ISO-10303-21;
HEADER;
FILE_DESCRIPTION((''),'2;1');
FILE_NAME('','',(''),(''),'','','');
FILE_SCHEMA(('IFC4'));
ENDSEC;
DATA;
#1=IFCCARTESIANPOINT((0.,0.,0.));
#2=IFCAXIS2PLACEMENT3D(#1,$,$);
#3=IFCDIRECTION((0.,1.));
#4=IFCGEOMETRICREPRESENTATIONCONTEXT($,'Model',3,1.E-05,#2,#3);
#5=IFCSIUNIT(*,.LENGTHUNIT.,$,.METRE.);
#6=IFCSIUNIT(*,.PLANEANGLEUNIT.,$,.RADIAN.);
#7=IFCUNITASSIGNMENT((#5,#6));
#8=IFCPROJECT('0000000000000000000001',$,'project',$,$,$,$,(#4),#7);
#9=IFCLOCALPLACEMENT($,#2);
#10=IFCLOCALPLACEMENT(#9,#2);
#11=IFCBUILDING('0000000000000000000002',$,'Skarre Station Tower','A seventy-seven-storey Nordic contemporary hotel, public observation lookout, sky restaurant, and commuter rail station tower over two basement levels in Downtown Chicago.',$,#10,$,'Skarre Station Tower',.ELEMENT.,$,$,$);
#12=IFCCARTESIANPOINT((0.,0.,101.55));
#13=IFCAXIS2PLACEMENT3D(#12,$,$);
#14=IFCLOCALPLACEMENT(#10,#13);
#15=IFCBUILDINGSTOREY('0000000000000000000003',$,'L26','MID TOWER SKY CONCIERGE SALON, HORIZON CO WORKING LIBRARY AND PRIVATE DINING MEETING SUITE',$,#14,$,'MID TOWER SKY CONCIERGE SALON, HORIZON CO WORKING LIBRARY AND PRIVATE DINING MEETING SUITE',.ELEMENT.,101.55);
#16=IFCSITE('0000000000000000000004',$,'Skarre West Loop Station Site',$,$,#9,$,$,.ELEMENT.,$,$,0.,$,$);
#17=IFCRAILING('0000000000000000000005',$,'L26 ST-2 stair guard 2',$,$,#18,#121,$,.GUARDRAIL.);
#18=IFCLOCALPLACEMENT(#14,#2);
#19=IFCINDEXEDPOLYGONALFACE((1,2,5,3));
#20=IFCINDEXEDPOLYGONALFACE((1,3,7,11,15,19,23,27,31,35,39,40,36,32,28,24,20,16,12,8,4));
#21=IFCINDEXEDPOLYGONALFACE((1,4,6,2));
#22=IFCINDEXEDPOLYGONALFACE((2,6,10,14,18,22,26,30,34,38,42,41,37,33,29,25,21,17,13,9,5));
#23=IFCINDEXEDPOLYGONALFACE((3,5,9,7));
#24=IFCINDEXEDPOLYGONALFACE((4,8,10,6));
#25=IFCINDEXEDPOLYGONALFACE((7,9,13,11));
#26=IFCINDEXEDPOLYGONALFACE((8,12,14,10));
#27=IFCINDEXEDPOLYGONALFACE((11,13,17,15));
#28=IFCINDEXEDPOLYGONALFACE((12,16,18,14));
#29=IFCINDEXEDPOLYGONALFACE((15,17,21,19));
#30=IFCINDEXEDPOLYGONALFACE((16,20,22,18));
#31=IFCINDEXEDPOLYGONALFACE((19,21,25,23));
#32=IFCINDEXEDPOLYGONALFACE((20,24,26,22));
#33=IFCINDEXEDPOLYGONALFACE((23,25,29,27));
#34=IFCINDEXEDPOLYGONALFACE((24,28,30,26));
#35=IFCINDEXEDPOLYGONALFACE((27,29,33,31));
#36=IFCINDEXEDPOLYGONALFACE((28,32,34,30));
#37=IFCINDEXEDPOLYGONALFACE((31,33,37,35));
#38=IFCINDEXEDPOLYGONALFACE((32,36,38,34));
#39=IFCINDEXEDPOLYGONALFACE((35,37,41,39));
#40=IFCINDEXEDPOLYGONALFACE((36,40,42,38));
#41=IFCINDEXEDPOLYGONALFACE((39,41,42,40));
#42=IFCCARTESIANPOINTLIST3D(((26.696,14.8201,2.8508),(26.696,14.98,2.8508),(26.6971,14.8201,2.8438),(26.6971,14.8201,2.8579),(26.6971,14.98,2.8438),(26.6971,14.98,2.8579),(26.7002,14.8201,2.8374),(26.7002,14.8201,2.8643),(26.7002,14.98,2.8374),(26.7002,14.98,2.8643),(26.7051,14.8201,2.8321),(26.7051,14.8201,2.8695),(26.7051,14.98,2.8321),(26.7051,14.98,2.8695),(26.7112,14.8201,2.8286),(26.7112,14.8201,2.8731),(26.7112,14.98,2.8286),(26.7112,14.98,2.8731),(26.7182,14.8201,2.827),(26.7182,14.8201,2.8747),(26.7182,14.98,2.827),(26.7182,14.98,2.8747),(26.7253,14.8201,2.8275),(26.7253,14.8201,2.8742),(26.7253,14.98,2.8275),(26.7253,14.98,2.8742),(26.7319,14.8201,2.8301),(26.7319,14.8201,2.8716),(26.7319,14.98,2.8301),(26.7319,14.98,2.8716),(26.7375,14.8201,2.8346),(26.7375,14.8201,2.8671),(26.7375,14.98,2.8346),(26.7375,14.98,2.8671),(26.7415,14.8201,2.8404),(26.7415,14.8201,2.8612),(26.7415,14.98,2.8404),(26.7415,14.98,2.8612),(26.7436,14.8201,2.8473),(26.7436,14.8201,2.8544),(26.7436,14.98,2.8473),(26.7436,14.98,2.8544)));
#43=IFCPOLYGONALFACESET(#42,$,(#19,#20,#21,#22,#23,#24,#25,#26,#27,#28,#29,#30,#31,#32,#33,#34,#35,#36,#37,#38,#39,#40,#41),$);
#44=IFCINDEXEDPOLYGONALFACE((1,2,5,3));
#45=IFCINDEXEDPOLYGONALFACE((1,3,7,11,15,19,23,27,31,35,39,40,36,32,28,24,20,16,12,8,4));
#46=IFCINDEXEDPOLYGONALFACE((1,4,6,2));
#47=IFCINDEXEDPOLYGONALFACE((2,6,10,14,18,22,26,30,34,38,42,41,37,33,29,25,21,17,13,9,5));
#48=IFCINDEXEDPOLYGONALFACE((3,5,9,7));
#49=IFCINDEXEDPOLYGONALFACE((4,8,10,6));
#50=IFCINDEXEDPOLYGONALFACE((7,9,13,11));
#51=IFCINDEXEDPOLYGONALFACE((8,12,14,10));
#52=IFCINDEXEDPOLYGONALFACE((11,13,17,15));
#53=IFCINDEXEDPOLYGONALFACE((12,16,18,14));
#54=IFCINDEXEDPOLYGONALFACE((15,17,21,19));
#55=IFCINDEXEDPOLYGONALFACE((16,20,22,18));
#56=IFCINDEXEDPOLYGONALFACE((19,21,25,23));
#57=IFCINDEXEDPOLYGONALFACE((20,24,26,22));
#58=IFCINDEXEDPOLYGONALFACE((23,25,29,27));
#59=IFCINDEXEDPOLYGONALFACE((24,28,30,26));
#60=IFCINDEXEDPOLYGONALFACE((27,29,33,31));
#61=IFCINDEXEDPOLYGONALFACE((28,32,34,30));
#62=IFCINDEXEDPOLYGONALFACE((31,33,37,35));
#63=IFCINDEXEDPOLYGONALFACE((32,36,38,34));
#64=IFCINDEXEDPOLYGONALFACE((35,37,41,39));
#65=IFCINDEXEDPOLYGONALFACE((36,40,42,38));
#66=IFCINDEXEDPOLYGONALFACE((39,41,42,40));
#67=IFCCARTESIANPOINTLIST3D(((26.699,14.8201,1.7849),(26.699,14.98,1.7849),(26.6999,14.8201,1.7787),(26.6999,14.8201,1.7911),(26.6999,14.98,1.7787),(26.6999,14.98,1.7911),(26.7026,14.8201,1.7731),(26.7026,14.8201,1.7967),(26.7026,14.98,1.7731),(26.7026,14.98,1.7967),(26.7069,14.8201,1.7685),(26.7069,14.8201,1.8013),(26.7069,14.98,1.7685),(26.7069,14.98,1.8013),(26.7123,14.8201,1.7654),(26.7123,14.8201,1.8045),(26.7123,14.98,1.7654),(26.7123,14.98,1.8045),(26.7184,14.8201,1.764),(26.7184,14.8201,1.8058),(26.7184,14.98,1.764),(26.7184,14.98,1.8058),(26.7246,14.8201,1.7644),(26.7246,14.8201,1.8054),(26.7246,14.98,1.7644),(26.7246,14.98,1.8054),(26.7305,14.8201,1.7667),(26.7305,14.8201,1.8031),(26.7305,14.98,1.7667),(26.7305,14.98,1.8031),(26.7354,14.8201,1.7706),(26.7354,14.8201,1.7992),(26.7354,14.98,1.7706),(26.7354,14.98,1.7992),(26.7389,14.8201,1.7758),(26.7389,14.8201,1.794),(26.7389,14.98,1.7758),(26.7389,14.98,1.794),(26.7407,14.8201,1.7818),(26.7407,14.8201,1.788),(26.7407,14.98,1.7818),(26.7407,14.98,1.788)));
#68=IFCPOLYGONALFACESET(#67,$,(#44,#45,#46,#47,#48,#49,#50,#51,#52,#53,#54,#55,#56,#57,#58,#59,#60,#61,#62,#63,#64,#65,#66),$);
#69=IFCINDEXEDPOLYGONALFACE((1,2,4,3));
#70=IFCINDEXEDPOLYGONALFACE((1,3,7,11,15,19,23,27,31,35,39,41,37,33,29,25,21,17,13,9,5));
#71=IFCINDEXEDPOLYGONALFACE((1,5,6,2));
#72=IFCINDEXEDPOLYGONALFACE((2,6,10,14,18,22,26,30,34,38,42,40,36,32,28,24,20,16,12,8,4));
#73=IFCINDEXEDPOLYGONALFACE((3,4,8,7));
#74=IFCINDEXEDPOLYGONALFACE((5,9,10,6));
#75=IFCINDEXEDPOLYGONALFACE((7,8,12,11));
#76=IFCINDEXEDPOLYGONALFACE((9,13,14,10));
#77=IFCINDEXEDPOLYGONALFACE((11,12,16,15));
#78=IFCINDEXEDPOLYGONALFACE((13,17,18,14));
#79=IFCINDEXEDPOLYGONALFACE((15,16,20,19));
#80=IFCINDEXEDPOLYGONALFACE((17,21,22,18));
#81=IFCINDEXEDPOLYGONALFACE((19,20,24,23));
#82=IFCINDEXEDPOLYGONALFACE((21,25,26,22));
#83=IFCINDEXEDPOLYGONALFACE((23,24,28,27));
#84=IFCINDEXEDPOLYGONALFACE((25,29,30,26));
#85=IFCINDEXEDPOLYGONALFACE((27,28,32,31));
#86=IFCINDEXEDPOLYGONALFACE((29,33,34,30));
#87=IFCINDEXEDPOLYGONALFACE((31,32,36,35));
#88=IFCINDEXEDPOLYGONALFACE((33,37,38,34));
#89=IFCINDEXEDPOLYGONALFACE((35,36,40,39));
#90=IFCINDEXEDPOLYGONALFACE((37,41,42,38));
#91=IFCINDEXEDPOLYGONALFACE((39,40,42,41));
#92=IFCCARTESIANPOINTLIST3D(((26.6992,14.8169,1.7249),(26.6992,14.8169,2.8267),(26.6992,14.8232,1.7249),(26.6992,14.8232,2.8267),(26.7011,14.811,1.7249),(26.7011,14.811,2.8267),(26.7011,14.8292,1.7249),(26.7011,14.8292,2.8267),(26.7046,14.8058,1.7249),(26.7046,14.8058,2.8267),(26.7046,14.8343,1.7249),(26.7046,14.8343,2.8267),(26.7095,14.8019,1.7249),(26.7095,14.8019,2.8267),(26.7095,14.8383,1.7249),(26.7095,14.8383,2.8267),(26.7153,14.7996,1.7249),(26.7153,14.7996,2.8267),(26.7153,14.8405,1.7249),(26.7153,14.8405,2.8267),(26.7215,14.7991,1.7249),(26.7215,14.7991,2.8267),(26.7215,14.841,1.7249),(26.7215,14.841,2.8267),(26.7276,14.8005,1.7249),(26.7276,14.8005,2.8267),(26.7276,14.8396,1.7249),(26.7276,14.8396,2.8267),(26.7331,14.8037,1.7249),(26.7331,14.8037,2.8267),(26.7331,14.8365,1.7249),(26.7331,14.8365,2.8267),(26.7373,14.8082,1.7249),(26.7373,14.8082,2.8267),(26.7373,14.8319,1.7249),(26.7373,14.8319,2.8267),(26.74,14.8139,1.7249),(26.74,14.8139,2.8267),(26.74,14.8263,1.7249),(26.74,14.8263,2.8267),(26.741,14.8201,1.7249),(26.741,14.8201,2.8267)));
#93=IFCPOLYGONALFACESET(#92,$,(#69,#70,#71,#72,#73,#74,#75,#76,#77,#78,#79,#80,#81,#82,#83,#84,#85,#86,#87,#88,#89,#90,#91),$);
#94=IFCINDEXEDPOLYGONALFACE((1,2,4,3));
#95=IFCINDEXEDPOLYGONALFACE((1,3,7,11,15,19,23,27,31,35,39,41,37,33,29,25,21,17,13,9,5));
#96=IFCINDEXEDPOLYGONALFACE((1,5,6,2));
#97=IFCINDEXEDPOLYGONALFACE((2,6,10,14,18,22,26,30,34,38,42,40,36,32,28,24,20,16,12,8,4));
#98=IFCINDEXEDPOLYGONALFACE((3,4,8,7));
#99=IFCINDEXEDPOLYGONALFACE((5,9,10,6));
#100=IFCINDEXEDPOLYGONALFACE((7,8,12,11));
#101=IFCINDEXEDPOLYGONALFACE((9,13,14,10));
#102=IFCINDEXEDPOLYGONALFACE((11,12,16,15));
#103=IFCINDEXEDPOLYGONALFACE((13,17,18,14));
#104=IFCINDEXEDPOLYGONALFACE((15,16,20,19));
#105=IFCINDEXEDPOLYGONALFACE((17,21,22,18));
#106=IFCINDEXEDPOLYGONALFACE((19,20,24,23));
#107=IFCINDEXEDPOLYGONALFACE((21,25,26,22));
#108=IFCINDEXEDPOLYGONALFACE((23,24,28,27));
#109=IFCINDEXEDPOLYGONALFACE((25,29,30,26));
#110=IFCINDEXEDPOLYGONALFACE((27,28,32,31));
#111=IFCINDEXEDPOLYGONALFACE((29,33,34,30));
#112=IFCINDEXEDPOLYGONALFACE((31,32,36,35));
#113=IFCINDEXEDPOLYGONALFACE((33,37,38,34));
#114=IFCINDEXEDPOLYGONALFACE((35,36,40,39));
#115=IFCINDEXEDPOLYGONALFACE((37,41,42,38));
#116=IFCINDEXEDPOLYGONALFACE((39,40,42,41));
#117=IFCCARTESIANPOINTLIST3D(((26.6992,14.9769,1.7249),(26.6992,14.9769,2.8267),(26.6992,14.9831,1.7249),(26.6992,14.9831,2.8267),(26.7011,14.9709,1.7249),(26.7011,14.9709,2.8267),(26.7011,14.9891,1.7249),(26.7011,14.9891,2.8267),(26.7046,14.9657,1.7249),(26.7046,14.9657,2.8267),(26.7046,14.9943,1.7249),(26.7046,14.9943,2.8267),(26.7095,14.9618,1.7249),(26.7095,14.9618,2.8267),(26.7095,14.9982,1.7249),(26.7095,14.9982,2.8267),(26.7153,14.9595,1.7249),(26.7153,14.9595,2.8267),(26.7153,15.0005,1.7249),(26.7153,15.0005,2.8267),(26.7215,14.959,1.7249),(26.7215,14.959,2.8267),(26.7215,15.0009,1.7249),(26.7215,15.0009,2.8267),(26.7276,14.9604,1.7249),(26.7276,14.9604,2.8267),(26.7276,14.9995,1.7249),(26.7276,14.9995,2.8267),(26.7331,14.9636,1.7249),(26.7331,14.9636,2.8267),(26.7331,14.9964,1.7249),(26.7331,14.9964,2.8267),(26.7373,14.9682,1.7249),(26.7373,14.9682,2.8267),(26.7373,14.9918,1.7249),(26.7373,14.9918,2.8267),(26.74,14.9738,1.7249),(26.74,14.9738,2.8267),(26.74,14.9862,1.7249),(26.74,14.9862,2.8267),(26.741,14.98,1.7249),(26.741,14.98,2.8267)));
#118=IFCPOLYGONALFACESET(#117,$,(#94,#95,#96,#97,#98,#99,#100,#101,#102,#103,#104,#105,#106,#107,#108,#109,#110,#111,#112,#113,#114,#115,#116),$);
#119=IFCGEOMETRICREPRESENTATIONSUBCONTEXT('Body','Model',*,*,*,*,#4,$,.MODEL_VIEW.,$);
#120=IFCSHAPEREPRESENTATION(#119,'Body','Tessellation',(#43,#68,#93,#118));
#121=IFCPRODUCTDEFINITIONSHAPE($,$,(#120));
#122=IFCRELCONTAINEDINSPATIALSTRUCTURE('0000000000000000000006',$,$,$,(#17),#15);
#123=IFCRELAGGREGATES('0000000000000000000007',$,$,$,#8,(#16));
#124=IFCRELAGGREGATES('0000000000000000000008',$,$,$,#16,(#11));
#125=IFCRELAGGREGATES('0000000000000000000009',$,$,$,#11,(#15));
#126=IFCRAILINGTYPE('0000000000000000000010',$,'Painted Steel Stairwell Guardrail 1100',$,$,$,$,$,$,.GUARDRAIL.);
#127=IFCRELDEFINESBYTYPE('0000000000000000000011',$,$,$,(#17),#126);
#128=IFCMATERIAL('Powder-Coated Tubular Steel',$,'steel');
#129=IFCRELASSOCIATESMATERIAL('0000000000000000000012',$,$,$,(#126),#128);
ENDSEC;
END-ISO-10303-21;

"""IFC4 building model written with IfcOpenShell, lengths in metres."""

from ifc_helpers import new_model, si_unit, direction, frame, origin, origin_2d, place, context, subcontext, project, spatial, circle, extrude, material, type_object, element, save


model = new_model("IFC4")

# Units and contexts
model_context = context("Model", 3, precision=1e-05, world=origin(), true_north=direction((0.0, 1.0)))
body_context = subcontext(model_context, "Body", "Model", "MODEL_VIEW")
ifc_project = project(units=[si_unit("LENGTHUNIT", "METRE"), si_unit("PLANEANGLEUNIT", "RADIAN")], contexts=[model_context])

# Site, building, storey
site_placement = place(None, origin())
site = spatial("IfcSite", under=ifc_project, at=site_placement, Name="Skarre West Loop Station Site", CompositionType="ELEMENT", RefElevation=0.0)
building_placement = place(site_placement, origin())
building = spatial("IfcBuilding", under=site, at=building_placement, Name="Skarre Station Tower", Description="A seventy-seven-storey Nordic contemporary hotel, public observation lookout, sky restaurant, and commuter rail station tower over two basement levels in Downtown Chicago.", LongName="Skarre Station Tower", CompositionType="ELEMENT")
storey_placement = place(building_placement, frame((0.0, 0.0, 101.55)))
storey = spatial("IfcBuildingStorey", under=building, at=storey_placement, Name="L26", Description="MID TOWER SKY CONCIERGE SALON, HORIZON CO WORKING LIBRARY AND PRIVATE DINING MEETING SUITE", LongName="MID TOWER SKY CONCIERGE SALON, HORIZON CO WORKING LIBRARY AND PRIVATE DINING MEETING SUITE", CompositionType="ELEMENT", Elevation=101.55)

# Railing
ifc_material_1 = material(Name="Powder-Coated Tubular Steel", Category="steel")
railing_type_1 = type_object("IfcRailingType", Name="Painted Steel Stairwell Guardrail 1100", PredefinedType="GUARDRAIL", material=ifc_material_1)
for number, where, name in (
    (1, (26.72, 14.8201, 1.7249), "L26 ST-2 stair guard 2"),
):
    element("IfcRailing", number, at=place(storey_placement, frame(where)), inside=storey, type_object=railing_type_1, Name=name, PredefinedType="GUARDRAIL", context=body_context, shape_type="SweptSolid", body=[
        extrude(circle(Radius=0.0239, at=origin_2d()), frame((0.0, 0.0, 1.126), z_axis=(0.0, 1.0, 0.0), x_axis=(-1.0, 0.0, 0.0)), (0.0, 0.0, 1.0), 0.1599),
        extrude(circle(Radius=0.021, at=origin_2d()), frame((0.0, 0.0, 0.0601), z_axis=(0.0, 1.0, 0.0), x_axis=(-1.0, 0.0, 0.0)), (0.0, 0.0, 1.0), 0.1599),
        extrude(circle(Radius=0.021, at=origin_2d()), origin(), (0.0, 0.0, 1.0), 1.1018),
        extrude(circle(Radius=0.021, at=origin_2d()), frame((0.0, 0.1599, 0.0)), (0.0, 0.0, 1.0), 1.1018),
    ])

save(model, "model.ifc")
